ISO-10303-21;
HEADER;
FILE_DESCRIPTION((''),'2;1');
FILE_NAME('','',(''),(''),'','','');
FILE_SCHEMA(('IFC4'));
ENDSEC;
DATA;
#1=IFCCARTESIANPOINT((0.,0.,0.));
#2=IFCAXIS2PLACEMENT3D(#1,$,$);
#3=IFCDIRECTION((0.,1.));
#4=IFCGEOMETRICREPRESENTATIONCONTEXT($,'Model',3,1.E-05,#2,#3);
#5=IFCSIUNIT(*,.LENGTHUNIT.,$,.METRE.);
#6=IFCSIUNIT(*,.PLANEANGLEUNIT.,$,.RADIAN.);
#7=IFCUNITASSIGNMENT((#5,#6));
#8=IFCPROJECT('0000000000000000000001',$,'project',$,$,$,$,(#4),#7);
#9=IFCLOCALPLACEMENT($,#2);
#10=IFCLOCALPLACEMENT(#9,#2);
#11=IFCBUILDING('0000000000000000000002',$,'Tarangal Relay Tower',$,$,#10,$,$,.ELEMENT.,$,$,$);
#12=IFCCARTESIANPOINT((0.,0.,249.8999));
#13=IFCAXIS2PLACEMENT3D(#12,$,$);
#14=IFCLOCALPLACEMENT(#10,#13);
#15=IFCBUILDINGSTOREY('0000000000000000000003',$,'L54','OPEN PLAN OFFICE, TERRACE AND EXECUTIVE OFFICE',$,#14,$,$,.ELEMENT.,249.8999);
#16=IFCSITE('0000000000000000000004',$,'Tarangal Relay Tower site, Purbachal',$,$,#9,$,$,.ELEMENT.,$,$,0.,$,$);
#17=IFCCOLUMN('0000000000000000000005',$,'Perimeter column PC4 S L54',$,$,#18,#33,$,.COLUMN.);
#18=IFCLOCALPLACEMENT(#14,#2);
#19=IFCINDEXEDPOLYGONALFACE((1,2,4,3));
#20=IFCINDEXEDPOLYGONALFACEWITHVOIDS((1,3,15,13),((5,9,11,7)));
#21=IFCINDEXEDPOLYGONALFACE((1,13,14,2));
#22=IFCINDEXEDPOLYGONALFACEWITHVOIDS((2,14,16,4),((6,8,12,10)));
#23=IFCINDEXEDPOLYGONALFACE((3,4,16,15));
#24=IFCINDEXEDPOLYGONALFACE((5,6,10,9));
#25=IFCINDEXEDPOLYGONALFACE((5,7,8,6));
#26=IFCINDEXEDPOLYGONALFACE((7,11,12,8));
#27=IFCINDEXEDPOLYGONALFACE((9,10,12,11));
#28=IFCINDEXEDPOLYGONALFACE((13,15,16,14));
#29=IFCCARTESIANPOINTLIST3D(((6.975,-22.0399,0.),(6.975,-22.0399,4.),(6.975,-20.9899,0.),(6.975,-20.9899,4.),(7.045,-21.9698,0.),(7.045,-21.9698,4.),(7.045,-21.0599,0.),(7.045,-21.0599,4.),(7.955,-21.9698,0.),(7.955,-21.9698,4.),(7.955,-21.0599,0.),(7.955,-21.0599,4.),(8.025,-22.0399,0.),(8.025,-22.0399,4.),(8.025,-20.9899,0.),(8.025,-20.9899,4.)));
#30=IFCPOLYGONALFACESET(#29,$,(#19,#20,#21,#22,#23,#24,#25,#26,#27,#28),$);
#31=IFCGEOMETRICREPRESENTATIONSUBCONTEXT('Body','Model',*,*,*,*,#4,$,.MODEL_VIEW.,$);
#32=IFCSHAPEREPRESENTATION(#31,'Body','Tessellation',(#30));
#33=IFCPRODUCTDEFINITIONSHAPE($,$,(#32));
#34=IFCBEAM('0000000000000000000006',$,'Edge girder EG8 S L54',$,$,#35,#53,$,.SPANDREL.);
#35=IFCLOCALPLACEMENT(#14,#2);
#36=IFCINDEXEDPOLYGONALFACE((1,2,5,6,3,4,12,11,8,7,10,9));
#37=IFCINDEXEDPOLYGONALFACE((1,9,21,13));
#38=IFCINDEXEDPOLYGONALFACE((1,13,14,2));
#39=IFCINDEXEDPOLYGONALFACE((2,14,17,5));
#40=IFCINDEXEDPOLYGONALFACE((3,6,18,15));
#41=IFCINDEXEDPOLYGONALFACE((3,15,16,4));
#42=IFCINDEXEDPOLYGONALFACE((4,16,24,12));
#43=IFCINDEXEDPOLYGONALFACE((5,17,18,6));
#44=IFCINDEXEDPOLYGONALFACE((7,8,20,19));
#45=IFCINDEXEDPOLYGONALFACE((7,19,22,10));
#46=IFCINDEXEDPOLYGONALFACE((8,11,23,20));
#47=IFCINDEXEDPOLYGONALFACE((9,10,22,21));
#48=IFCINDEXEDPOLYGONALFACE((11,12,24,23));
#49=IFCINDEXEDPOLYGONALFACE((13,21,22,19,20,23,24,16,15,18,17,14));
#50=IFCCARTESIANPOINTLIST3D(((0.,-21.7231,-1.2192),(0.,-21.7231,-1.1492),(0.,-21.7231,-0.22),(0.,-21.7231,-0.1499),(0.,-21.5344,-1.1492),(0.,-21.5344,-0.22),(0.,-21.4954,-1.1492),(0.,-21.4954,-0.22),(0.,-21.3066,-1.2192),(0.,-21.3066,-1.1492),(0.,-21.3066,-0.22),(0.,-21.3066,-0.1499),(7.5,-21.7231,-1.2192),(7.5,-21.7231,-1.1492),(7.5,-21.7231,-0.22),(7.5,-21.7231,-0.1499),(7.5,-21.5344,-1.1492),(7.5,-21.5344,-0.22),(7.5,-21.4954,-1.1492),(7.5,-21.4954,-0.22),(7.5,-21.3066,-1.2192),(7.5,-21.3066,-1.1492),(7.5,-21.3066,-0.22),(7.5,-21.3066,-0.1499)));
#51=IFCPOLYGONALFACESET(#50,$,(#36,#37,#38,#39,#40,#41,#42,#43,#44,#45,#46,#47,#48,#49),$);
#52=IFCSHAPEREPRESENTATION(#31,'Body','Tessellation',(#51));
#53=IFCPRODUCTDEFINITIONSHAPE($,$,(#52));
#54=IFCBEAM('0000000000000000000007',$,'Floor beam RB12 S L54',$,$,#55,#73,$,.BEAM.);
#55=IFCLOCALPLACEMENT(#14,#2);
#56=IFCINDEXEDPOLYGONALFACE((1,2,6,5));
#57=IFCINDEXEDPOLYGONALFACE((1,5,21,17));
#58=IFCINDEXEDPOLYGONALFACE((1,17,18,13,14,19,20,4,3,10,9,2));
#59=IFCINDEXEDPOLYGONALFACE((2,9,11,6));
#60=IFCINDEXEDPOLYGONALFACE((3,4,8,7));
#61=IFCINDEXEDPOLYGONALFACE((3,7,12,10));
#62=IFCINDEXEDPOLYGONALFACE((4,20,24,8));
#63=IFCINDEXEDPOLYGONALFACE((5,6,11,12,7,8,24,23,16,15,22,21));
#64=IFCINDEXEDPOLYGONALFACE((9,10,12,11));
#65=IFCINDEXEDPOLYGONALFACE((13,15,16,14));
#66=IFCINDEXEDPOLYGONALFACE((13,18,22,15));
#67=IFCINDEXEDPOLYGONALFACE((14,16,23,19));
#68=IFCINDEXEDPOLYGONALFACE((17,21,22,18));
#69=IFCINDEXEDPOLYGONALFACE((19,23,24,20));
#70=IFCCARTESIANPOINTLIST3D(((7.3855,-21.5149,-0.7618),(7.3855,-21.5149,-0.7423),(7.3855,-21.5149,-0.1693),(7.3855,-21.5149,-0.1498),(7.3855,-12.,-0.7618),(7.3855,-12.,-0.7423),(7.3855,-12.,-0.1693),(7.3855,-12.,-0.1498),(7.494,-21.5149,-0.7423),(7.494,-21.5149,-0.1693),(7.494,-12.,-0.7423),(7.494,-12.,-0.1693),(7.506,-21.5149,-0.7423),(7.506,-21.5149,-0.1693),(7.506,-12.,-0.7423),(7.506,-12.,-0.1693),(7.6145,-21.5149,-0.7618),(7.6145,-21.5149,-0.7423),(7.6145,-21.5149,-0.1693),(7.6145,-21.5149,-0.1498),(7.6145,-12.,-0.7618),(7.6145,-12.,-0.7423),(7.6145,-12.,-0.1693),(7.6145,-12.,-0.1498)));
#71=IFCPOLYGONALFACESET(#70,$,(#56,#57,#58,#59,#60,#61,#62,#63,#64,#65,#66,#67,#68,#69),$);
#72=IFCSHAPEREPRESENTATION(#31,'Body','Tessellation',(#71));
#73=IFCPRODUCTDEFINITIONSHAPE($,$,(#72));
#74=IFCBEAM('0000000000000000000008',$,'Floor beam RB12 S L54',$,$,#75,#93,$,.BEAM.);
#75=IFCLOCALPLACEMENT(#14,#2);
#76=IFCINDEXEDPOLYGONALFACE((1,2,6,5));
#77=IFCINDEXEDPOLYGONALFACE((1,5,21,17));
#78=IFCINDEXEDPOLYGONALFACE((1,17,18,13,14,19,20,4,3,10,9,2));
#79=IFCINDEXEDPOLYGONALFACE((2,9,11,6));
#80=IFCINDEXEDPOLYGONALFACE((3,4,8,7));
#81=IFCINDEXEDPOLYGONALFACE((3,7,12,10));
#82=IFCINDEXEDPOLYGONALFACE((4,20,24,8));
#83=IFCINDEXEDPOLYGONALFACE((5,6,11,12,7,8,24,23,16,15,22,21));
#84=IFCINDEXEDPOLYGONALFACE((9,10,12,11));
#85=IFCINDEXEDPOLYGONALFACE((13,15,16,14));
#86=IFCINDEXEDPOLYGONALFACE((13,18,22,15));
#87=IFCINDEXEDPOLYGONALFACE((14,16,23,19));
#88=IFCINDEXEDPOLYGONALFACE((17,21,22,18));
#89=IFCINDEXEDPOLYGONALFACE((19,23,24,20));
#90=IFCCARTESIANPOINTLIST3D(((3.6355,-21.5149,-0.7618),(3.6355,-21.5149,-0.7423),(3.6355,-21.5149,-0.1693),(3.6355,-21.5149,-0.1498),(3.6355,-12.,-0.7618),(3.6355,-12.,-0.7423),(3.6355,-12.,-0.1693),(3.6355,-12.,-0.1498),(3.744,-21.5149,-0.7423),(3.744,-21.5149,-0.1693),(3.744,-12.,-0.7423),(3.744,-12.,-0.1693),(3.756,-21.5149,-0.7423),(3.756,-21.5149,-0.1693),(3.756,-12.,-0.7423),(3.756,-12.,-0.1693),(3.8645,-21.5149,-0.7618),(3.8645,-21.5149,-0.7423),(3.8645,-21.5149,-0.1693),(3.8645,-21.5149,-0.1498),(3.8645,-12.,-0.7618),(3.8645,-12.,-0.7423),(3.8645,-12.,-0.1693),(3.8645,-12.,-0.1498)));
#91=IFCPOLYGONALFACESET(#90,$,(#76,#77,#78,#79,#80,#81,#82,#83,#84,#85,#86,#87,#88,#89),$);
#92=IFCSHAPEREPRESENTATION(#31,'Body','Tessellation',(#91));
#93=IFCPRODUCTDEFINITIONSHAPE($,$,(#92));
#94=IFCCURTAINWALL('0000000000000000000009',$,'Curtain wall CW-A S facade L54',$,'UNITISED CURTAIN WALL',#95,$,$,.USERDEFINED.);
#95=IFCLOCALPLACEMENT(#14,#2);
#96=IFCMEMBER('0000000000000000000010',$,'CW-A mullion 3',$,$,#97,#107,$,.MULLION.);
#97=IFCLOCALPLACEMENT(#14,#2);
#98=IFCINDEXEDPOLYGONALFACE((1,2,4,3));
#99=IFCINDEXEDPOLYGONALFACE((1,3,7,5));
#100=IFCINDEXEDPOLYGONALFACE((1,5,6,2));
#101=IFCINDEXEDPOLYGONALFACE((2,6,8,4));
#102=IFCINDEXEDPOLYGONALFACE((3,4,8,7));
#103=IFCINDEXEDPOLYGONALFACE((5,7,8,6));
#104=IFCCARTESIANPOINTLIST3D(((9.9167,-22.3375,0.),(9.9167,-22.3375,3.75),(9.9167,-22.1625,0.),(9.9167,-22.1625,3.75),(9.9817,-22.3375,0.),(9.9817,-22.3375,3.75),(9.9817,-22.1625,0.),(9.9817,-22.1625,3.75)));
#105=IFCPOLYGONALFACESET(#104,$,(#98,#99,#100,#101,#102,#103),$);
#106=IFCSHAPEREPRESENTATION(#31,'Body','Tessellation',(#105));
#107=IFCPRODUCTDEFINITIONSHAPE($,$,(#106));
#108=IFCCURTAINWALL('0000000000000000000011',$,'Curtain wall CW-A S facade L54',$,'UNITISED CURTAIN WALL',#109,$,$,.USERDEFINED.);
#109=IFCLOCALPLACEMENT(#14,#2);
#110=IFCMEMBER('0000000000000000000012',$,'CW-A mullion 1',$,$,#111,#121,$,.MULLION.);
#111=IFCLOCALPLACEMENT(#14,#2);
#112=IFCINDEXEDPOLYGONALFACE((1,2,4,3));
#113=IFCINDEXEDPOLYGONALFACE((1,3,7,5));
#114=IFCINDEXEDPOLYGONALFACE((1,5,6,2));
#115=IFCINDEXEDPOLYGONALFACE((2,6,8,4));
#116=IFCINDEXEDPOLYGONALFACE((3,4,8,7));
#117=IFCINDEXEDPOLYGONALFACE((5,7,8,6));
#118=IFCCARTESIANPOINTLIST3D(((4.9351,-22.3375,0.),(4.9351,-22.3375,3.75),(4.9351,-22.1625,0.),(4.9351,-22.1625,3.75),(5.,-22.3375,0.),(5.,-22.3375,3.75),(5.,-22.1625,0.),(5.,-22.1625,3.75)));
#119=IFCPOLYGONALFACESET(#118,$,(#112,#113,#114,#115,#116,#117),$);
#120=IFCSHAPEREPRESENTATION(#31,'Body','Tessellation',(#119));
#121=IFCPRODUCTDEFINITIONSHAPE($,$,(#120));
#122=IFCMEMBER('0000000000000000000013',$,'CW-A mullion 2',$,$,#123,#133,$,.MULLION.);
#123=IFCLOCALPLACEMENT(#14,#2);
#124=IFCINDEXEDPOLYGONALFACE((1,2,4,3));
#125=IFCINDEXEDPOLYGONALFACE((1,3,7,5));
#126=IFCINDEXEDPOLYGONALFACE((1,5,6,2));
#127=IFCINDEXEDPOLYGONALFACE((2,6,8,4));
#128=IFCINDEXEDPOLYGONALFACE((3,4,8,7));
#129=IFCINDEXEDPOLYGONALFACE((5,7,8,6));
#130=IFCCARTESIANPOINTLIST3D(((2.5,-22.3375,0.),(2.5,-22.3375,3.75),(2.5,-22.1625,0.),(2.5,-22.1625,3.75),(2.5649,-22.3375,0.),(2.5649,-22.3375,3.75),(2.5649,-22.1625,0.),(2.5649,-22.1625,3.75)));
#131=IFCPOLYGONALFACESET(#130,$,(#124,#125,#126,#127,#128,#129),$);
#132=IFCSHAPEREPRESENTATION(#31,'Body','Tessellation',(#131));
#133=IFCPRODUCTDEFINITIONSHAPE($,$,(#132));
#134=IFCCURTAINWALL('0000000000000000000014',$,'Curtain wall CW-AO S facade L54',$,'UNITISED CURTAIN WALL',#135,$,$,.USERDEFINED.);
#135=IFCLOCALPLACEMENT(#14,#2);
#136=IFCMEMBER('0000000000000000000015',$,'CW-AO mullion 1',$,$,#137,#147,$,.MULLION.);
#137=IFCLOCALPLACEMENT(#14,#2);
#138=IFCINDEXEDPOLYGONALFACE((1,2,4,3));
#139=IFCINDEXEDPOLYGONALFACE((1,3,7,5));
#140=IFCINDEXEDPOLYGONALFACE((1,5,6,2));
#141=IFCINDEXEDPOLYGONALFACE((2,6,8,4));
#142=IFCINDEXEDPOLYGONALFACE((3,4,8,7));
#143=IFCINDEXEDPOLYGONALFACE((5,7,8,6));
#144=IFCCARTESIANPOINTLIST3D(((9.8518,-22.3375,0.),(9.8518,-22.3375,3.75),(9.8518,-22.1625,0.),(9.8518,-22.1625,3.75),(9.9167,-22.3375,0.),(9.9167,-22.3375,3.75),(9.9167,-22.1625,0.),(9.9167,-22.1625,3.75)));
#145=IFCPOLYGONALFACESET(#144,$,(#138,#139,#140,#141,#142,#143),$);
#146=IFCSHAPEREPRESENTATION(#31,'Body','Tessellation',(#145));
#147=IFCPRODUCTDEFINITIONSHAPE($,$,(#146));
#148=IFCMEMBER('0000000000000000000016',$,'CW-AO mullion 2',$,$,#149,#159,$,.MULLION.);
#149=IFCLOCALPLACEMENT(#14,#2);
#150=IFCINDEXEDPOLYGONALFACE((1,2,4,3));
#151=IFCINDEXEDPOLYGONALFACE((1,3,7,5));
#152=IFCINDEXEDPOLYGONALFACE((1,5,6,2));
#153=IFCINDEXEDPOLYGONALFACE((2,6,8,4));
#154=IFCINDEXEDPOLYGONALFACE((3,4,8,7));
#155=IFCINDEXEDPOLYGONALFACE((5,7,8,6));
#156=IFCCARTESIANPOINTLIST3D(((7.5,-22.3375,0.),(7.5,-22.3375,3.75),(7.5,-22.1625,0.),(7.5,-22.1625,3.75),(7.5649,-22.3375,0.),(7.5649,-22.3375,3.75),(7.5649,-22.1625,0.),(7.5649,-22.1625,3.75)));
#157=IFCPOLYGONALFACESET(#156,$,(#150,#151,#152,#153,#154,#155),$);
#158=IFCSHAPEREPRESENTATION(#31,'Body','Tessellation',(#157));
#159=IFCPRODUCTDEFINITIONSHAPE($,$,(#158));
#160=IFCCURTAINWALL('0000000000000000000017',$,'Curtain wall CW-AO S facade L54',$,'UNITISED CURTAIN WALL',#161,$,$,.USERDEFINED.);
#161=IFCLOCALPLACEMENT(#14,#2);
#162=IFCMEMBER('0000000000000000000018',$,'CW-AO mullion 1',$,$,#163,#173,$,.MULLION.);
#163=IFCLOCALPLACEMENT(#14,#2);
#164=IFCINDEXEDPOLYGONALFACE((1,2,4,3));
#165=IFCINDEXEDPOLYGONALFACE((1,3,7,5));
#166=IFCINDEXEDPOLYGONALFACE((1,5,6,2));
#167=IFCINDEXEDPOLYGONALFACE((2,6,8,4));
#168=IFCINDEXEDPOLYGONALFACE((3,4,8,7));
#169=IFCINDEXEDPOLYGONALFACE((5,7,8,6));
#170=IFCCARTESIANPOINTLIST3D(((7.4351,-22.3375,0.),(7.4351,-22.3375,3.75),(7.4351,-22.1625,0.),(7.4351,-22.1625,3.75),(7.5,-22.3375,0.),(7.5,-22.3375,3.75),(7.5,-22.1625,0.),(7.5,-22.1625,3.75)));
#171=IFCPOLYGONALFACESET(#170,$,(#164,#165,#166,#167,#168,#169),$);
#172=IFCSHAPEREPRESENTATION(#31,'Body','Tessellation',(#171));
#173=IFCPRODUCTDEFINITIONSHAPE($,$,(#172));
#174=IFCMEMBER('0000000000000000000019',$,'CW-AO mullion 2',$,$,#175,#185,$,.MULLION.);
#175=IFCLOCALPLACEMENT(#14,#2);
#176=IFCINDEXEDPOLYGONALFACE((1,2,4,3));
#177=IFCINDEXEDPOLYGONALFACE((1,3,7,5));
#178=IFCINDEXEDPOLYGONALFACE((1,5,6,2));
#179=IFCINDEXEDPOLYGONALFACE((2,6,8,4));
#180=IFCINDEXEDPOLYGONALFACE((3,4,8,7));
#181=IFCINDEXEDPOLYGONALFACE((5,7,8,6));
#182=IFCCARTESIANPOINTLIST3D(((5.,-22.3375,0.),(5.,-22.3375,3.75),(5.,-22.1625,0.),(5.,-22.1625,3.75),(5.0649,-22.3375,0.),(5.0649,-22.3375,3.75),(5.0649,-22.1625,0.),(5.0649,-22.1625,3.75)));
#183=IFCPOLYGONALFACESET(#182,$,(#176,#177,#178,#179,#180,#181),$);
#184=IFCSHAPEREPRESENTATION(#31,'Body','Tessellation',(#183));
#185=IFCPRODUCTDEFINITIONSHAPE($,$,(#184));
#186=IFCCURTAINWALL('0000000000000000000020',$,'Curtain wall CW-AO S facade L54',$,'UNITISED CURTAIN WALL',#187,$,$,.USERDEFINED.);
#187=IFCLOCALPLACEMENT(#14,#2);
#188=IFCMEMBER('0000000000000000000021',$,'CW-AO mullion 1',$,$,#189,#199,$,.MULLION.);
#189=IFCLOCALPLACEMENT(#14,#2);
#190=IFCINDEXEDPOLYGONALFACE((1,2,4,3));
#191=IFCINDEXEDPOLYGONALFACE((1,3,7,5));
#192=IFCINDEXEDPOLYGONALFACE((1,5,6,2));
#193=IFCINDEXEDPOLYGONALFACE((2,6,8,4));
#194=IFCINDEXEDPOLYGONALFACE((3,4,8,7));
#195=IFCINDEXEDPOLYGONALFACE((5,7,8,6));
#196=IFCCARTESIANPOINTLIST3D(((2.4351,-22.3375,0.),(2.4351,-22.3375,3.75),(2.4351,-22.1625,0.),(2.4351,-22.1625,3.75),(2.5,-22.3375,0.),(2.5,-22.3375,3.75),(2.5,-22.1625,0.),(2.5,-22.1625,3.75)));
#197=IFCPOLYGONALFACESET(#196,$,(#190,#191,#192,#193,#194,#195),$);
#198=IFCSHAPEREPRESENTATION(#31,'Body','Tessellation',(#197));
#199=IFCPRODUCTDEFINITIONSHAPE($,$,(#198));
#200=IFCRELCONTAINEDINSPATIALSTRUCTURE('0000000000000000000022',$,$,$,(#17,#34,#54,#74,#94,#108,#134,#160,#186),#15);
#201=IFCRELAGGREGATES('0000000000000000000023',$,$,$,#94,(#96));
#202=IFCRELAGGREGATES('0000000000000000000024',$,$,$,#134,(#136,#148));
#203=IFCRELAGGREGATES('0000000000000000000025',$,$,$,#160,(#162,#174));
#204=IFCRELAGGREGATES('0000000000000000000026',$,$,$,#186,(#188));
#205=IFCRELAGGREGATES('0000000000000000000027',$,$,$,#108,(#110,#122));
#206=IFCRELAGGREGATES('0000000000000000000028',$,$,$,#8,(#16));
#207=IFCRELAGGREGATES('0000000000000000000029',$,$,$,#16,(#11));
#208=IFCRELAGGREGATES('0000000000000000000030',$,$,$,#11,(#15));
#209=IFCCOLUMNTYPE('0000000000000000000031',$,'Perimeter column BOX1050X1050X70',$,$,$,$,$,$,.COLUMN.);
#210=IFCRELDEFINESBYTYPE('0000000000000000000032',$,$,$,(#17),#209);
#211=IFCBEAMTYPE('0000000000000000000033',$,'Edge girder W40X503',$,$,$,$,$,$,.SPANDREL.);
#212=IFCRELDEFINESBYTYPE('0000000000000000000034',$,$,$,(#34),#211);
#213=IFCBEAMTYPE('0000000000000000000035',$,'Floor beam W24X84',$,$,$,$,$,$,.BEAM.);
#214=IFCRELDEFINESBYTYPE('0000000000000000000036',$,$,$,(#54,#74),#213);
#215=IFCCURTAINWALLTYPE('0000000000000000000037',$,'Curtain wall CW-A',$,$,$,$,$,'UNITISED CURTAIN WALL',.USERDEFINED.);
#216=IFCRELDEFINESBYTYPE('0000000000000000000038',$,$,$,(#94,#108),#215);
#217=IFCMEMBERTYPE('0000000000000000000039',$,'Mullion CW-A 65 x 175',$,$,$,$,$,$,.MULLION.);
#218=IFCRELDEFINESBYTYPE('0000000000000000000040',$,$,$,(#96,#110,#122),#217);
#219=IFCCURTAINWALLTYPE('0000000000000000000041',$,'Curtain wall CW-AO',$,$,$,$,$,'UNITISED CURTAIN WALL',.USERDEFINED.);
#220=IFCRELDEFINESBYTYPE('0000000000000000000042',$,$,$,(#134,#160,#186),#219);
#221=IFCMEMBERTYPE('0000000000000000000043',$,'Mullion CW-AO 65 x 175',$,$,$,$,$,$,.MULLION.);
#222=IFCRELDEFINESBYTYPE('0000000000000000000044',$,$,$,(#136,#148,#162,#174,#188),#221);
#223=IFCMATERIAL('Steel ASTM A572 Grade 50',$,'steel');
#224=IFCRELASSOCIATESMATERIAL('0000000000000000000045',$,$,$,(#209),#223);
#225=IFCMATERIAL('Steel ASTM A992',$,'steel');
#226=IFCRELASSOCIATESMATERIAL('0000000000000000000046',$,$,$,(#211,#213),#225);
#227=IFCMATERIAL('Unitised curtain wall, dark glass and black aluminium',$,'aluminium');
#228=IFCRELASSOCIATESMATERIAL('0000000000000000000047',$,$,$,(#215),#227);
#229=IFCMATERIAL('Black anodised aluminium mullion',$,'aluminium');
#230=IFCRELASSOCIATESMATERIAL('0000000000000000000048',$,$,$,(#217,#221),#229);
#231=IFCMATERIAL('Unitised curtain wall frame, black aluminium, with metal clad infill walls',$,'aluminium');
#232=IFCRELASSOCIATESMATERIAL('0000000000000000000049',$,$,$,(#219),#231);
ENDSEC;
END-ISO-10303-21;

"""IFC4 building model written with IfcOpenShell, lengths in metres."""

from ifc_helpers import new_model, si_unit, direction, frame, origin, origin_2d, place, context, subcontext, project, spatial, rectangle, hollow_rectangle, i_section, extrude, material, material_profile, profile_set, type_object, element, aggregate, save


model = new_model("IFC4")

# Units and contexts
model_context = context("Model", 3, precision=1e-05, world=origin(), true_north=direction((0.0, 1.0)))
body_context = subcontext(model_context, "Body", "Model", "MODEL_VIEW")
ifc_project = project(units=[si_unit("LENGTHUNIT", "METRE"), si_unit("PLANEANGLEUNIT", "RADIAN")], contexts=[model_context])

# Site, building, storey
site_placement = place(None, origin())
site = spatial("IfcSite", under=ifc_project, at=site_placement, Name="Tarangal Relay Tower site, Purbachal", CompositionType="ELEMENT", RefElevation=0.0)
building_placement = place(site_placement, origin())
building = spatial("IfcBuilding", under=site, at=building_placement, Name="Tarangal Relay Tower", CompositionType="ELEMENT")
storey_placement = place(building_placement, frame((0.0, 0.0, 249.8999)))
storey = spatial("IfcBuildingStorey", under=building, at=storey_placement, Name="L54", Description="OPEN PLAN OFFICE, TERRACE AND EXECUTIVE OFFICE", CompositionType="ELEMENT", Elevation=249.8999)

# Column
ifc_material_1 = material(Name="Steel ASTM A572 Grade 50", Category="steel")
ifc_material_profile_1 = material_profile(ifc_material_1, hollow_rectangle(XDim=1.05, YDim=1.05, WallThickness=0.0701, at=origin_2d()), Name="BOX1050X1050X70")
ifc_profile_set_1 = profile_set([ifc_material_profile_1], Name="Steel ASTM A572 Grade 50")
column_type = type_object("IfcColumnType", Name="Perimeter column BOX1050X1050X70", PredefinedType="COLUMN", material=ifc_profile_set_1)
column_placement = place(storey_placement, frame((7.5, -21.5149, 0.0), z_axis=(0.0, 0.0, 1.0), x_axis=(1.0, 0.0, 0.0)))
element("IfcColumn", 1, at=column_placement, inside=storey, type_object=column_type, Name="Perimeter column PC4 S L54", PredefinedType="COLUMN", context=body_context, shape_type="SweptSolid", body=[
    extrude(hollow_rectangle(XDim=1.05, YDim=1.05, WallThickness=0.0701, at=origin_2d()), origin(), (0.0, 0.0, 1.0), 4.0),
])

# Beams
ifc_material_2 = material(Name="Steel ASTM A992", Category="steel")
ifc_material_profile_2 = material_profile(ifc_material_2, i_section(OverallWidth=0.4165, OverallDepth=1.0693, WebThickness=0.0391, FlangeThickness=0.0701, at=origin_2d()), Name="W40X503")
ifc_profile_set_2 = profile_set([ifc_material_profile_2], Name="Steel ASTM A992")
beam_type_1 = type_object("IfcBeamType", Name="Edge girder W40X503", PredefinedType="SPANDREL", material=ifc_profile_set_2)
beam_placement = place(storey_placement, frame((7.5, -21.5149, -0.6846), z_axis=(-1.0, 0.0, 0.0), x_axis=(0.0, -1.0, 0.0)))
element("IfcBeam", 2, at=beam_placement, inside=storey, type_object=beam_type_1, Name="Edge girder EG8 S L54", PredefinedType="SPANDREL", context=body_context, shape_type="SweptSolid", body=[
    extrude(i_section(OverallWidth=0.4165, OverallDepth=1.0693, WebThickness=0.0391, FlangeThickness=0.0701, at=origin_2d()), origin(), (0.0, 0.0, 1.0), 7.5),
])
ifc_material_profile_3 = material_profile(ifc_material_2, i_section(OverallWidth=0.229, OverallDepth=0.6121, WebThickness=0.012, FlangeThickness=0.0195, at=origin_2d()), Name="W24X84")
ifc_profile_set_3 = profile_set([ifc_material_profile_3], Name="Steel ASTM A992")
beam_type_2 = type_object("IfcBeamType", Name="Floor beam W24X84", PredefinedType="BEAM", material=ifc_profile_set_3)
for number, where, z_axis, x_axis, name in (
    (3, (7.5, -12.0, -0.4558), (0.0, -1.0, 0.0), (1.0, 0.0, 0.0), "Floor beam RB12 S L54"),
    (4, (3.75, -12.0, -0.4558), (0.0, -1.0, 0.0), (1.0, 0.0, 0.0), "Floor beam RB12 S L54"),
):
    element("IfcBeam", number, at=place(storey_placement, frame(where, z_axis=z_axis, x_axis=x_axis)), inside=storey, type_object=beam_type_2, Name=name, PredefinedType="BEAM", context=body_context, shape_type="SweptSolid", body=[
        extrude(i_section(OverallWidth=0.229, OverallDepth=0.6121, WebThickness=0.012, FlangeThickness=0.0195, at=origin_2d()), origin(), (0.0, 0.0, 1.0), 9.5149),
    ])

# Curtain wall, member
ifc_material_3 = material(Name="Unitised curtain wall, dark glass and black aluminium", Category="aluminium")
curtain_wall_type_1 = type_object("IfcCurtainWallType", Name="Curtain wall CW-A", ElementType="UNITISED CURTAIN WALL", PredefinedType="USERDEFINED", material=ifc_material_3)
curtain_wall_1_placement = place(storey_placement, origin())
curtain_wall_1 = element("IfcCurtainWall", 5, at=curtain_wall_1_placement, inside=storey, type_object=curtain_wall_type_1, Name="Curtain wall CW-A S facade L54", ObjectType="UNITISED CURTAIN WALL", PredefinedType="USERDEFINED")
ifc_material_4 = material(Name="Black anodised aluminium mullion", Category="aluminium")
ifc_material_profile_4 = material_profile(ifc_material_4, rectangle(XDim=0.175, YDim=0.0649, at=origin_2d()), Name="CW-AM 65X175")
ifc_profile_set_4 = profile_set([ifc_material_profile_4], Name="Black anodised aluminium mullion")
member_type_1 = type_object("IfcMemberType", Name="Mullion CW-A 65 x 175", PredefinedType="MULLION", material=ifc_profile_set_4)
member_1_placement = place(storey_placement, frame((9.9492, -22.25, 0.0), z_axis=(0.0, 0.0, 1.0), x_axis=(0.0, -1.0, 0.0)))
member_1 = element("IfcMember", 6, at=member_1_placement, type_object=member_type_1, Name="CW-A mullion 3", PredefinedType="MULLION", context=body_context, shape_type="SweptSolid", body=[
    extrude(rectangle(XDim=0.175, YDim=0.0649, at=origin_2d()), origin(), (0.0, 0.0, 1.0), 3.75),
])
aggregate(curtain_wall_1, [member_1])

# Curtain walls, members
curtain_wall_2_placement = place(storey_placement, origin())
curtain_wall_2 = element("IfcCurtainWall", 7, at=curtain_wall_2_placement, inside=storey, type_object=curtain_wall_type_1, Name="Curtain wall CW-A S facade L54", ObjectType="UNITISED CURTAIN WALL", PredefinedType="USERDEFINED")
member_2_placement = place(storey_placement, frame((4.9675, -22.25, 0.0), z_axis=(0.0, 0.0, 1.0), x_axis=(0.0, -1.0, 0.0)))
member_2 = element("IfcMember", 8, at=member_2_placement, type_object=member_type_1, Name="CW-A mullion 1", PredefinedType="MULLION", context=body_context, shape_type="SweptSolid", body=[
    extrude(rectangle(XDim=0.175, YDim=0.0649, at=origin_2d()), origin(), (0.0, 0.0, 1.0), 3.75),
])
member_3_placement = place(storey_placement, frame((2.5325, -22.25, 0.0), z_axis=(0.0, 0.0, 1.0), x_axis=(0.0, -1.0, 0.0)))
member_3 = element("IfcMember", 9, at=member_3_placement, type_object=member_type_1, Name="CW-A mullion 2", PredefinedType="MULLION", context=body_context, shape_type="SweptSolid", body=[
    extrude(rectangle(XDim=0.175, YDim=0.0649, at=origin_2d()), origin(), (0.0, 0.0, 1.0), 3.75),
])
ifc_material_5 = material(Name="Unitised curtain wall frame, black aluminium, with metal clad infill walls", Category="aluminium")
curtain_wall_type_2 = type_object("IfcCurtainWallType", Name="Curtain wall CW-AO", ElementType="UNITISED CURTAIN WALL", PredefinedType="USERDEFINED", material=ifc_material_5)
curtain_wall_3_placement = place(storey_placement, origin())
curtain_wall_3 = element("IfcCurtainWall", 10, at=curtain_wall_3_placement, inside=storey, type_object=curtain_wall_type_2, Name="Curtain wall CW-AO S facade L54", ObjectType="UNITISED CURTAIN WALL", PredefinedType="USERDEFINED")
ifc_material_profile_5 = material_profile(ifc_material_4, rectangle(XDim=0.175, YDim=0.0649, at=origin_2d()), Name="CW-AOM 65X175")
ifc_profile_set_5 = profile_set([ifc_material_profile_5], Name="Black anodised aluminium mullion")
member_type_2 = type_object("IfcMemberType", Name="Mullion CW-AO 65 x 175", PredefinedType="MULLION", material=ifc_profile_set_5)
member_4_placement = place(storey_placement, frame((9.8843, -22.25, 0.0), z_axis=(0.0, 0.0, 1.0), x_axis=(0.0, -1.0, 0.0)))
member_4 = element("IfcMember", 11, at=member_4_placement, type_object=member_type_2, Name="CW-AO mullion 1", PredefinedType="MULLION", context=body_context, shape_type="SweptSolid", body=[
    extrude(rectangle(XDim=0.175, YDim=0.0649, at=origin_2d()), origin(), (0.0, 0.0, 1.0), 3.75),
])
member_5_placement = place(storey_placement, frame((7.5325, -22.25, 0.0), z_axis=(0.0, 0.0, 1.0), x_axis=(0.0, -1.0, 0.0)))
member_5 = element("IfcMember", 12, at=member_5_placement, type_object=member_type_2, Name="CW-AO mullion 2", PredefinedType="MULLION", context=body_context, shape_type="SweptSolid", body=[
    extrude(rectangle(XDim=0.175, YDim=0.0649, at=origin_2d()), origin(), (0.0, 0.0, 1.0), 3.75),
])
curtain_wall_4_placement = place(storey_placement, origin())
curtain_wall_4 = element("IfcCurtainWall", 13, at=curtain_wall_4_placement, inside=storey, type_object=curtain_wall_type_2, Name="Curtain wall CW-AO S facade L54", ObjectType="UNITISED CURTAIN WALL", PredefinedType="USERDEFINED")
member_6_placement = place(storey_placement, frame((7.4675, -22.25, 0.0), z_axis=(0.0, 0.0, 1.0), x_axis=(0.0, -1.0, 0.0)))
member_6 = element("IfcMember", 14, at=member_6_placement, type_object=member_type_2, Name="CW-AO mullion 1", PredefinedType="MULLION", context=body_context, shape_type="SweptSolid", body=[
    extrude(rectangle(XDim=0.175, YDim=0.0649, at=origin_2d()), origin(), (0.0, 0.0, 1.0), 3.75),
])
member_7_placement = place(storey_placement, frame((5.0325, -22.25, 0.0), z_axis=(0.0, 0.0, 1.0), x_axis=(0.0, -1.0, 0.0)))
member_7 = element("IfcMember", 15, at=member_7_placement, type_object=member_type_2, Name="CW-AO mullion 2", PredefinedType="MULLION", context=body_context, shape_type="SweptSolid", body=[
    extrude(rectangle(XDim=0.175, YDim=0.0649, at=origin_2d()), origin(), (0.0, 0.0, 1.0), 3.75),
])
curtain_wall_5_placement = place(storey_placement, origin())
curtain_wall_5 = element("IfcCurtainWall", 16, at=curtain_wall_5_placement, inside=storey, type_object=curtain_wall_type_2, Name="Curtain wall CW-AO S facade L54", ObjectType="UNITISED CURTAIN WALL", PredefinedType="USERDEFINED")
member_8_placement = place(storey_placement, frame((2.4675, -22.25, 0.0), z_axis=(0.0, 0.0, 1.0), x_axis=(0.0, -1.0, 0.0)))
member_8 = element("IfcMember", 17, at=member_8_placement, type_object=member_type_2, Name="CW-AO mullion 1", PredefinedType="MULLION", context=body_context, shape_type="SweptSolid", body=[
    extrude(rectangle(XDim=0.175, YDim=0.0649, at=origin_2d()), origin(), (0.0, 0.0, 1.0), 3.75),
])

aggregate(curtain_wall_3, [member_4, member_5])
aggregate(curtain_wall_4, [member_6, member_7])
aggregate(curtain_wall_5, [member_8])

aggregate(curtain_wall_2, [member_2, member_3])

save(model, "model.ifc")
